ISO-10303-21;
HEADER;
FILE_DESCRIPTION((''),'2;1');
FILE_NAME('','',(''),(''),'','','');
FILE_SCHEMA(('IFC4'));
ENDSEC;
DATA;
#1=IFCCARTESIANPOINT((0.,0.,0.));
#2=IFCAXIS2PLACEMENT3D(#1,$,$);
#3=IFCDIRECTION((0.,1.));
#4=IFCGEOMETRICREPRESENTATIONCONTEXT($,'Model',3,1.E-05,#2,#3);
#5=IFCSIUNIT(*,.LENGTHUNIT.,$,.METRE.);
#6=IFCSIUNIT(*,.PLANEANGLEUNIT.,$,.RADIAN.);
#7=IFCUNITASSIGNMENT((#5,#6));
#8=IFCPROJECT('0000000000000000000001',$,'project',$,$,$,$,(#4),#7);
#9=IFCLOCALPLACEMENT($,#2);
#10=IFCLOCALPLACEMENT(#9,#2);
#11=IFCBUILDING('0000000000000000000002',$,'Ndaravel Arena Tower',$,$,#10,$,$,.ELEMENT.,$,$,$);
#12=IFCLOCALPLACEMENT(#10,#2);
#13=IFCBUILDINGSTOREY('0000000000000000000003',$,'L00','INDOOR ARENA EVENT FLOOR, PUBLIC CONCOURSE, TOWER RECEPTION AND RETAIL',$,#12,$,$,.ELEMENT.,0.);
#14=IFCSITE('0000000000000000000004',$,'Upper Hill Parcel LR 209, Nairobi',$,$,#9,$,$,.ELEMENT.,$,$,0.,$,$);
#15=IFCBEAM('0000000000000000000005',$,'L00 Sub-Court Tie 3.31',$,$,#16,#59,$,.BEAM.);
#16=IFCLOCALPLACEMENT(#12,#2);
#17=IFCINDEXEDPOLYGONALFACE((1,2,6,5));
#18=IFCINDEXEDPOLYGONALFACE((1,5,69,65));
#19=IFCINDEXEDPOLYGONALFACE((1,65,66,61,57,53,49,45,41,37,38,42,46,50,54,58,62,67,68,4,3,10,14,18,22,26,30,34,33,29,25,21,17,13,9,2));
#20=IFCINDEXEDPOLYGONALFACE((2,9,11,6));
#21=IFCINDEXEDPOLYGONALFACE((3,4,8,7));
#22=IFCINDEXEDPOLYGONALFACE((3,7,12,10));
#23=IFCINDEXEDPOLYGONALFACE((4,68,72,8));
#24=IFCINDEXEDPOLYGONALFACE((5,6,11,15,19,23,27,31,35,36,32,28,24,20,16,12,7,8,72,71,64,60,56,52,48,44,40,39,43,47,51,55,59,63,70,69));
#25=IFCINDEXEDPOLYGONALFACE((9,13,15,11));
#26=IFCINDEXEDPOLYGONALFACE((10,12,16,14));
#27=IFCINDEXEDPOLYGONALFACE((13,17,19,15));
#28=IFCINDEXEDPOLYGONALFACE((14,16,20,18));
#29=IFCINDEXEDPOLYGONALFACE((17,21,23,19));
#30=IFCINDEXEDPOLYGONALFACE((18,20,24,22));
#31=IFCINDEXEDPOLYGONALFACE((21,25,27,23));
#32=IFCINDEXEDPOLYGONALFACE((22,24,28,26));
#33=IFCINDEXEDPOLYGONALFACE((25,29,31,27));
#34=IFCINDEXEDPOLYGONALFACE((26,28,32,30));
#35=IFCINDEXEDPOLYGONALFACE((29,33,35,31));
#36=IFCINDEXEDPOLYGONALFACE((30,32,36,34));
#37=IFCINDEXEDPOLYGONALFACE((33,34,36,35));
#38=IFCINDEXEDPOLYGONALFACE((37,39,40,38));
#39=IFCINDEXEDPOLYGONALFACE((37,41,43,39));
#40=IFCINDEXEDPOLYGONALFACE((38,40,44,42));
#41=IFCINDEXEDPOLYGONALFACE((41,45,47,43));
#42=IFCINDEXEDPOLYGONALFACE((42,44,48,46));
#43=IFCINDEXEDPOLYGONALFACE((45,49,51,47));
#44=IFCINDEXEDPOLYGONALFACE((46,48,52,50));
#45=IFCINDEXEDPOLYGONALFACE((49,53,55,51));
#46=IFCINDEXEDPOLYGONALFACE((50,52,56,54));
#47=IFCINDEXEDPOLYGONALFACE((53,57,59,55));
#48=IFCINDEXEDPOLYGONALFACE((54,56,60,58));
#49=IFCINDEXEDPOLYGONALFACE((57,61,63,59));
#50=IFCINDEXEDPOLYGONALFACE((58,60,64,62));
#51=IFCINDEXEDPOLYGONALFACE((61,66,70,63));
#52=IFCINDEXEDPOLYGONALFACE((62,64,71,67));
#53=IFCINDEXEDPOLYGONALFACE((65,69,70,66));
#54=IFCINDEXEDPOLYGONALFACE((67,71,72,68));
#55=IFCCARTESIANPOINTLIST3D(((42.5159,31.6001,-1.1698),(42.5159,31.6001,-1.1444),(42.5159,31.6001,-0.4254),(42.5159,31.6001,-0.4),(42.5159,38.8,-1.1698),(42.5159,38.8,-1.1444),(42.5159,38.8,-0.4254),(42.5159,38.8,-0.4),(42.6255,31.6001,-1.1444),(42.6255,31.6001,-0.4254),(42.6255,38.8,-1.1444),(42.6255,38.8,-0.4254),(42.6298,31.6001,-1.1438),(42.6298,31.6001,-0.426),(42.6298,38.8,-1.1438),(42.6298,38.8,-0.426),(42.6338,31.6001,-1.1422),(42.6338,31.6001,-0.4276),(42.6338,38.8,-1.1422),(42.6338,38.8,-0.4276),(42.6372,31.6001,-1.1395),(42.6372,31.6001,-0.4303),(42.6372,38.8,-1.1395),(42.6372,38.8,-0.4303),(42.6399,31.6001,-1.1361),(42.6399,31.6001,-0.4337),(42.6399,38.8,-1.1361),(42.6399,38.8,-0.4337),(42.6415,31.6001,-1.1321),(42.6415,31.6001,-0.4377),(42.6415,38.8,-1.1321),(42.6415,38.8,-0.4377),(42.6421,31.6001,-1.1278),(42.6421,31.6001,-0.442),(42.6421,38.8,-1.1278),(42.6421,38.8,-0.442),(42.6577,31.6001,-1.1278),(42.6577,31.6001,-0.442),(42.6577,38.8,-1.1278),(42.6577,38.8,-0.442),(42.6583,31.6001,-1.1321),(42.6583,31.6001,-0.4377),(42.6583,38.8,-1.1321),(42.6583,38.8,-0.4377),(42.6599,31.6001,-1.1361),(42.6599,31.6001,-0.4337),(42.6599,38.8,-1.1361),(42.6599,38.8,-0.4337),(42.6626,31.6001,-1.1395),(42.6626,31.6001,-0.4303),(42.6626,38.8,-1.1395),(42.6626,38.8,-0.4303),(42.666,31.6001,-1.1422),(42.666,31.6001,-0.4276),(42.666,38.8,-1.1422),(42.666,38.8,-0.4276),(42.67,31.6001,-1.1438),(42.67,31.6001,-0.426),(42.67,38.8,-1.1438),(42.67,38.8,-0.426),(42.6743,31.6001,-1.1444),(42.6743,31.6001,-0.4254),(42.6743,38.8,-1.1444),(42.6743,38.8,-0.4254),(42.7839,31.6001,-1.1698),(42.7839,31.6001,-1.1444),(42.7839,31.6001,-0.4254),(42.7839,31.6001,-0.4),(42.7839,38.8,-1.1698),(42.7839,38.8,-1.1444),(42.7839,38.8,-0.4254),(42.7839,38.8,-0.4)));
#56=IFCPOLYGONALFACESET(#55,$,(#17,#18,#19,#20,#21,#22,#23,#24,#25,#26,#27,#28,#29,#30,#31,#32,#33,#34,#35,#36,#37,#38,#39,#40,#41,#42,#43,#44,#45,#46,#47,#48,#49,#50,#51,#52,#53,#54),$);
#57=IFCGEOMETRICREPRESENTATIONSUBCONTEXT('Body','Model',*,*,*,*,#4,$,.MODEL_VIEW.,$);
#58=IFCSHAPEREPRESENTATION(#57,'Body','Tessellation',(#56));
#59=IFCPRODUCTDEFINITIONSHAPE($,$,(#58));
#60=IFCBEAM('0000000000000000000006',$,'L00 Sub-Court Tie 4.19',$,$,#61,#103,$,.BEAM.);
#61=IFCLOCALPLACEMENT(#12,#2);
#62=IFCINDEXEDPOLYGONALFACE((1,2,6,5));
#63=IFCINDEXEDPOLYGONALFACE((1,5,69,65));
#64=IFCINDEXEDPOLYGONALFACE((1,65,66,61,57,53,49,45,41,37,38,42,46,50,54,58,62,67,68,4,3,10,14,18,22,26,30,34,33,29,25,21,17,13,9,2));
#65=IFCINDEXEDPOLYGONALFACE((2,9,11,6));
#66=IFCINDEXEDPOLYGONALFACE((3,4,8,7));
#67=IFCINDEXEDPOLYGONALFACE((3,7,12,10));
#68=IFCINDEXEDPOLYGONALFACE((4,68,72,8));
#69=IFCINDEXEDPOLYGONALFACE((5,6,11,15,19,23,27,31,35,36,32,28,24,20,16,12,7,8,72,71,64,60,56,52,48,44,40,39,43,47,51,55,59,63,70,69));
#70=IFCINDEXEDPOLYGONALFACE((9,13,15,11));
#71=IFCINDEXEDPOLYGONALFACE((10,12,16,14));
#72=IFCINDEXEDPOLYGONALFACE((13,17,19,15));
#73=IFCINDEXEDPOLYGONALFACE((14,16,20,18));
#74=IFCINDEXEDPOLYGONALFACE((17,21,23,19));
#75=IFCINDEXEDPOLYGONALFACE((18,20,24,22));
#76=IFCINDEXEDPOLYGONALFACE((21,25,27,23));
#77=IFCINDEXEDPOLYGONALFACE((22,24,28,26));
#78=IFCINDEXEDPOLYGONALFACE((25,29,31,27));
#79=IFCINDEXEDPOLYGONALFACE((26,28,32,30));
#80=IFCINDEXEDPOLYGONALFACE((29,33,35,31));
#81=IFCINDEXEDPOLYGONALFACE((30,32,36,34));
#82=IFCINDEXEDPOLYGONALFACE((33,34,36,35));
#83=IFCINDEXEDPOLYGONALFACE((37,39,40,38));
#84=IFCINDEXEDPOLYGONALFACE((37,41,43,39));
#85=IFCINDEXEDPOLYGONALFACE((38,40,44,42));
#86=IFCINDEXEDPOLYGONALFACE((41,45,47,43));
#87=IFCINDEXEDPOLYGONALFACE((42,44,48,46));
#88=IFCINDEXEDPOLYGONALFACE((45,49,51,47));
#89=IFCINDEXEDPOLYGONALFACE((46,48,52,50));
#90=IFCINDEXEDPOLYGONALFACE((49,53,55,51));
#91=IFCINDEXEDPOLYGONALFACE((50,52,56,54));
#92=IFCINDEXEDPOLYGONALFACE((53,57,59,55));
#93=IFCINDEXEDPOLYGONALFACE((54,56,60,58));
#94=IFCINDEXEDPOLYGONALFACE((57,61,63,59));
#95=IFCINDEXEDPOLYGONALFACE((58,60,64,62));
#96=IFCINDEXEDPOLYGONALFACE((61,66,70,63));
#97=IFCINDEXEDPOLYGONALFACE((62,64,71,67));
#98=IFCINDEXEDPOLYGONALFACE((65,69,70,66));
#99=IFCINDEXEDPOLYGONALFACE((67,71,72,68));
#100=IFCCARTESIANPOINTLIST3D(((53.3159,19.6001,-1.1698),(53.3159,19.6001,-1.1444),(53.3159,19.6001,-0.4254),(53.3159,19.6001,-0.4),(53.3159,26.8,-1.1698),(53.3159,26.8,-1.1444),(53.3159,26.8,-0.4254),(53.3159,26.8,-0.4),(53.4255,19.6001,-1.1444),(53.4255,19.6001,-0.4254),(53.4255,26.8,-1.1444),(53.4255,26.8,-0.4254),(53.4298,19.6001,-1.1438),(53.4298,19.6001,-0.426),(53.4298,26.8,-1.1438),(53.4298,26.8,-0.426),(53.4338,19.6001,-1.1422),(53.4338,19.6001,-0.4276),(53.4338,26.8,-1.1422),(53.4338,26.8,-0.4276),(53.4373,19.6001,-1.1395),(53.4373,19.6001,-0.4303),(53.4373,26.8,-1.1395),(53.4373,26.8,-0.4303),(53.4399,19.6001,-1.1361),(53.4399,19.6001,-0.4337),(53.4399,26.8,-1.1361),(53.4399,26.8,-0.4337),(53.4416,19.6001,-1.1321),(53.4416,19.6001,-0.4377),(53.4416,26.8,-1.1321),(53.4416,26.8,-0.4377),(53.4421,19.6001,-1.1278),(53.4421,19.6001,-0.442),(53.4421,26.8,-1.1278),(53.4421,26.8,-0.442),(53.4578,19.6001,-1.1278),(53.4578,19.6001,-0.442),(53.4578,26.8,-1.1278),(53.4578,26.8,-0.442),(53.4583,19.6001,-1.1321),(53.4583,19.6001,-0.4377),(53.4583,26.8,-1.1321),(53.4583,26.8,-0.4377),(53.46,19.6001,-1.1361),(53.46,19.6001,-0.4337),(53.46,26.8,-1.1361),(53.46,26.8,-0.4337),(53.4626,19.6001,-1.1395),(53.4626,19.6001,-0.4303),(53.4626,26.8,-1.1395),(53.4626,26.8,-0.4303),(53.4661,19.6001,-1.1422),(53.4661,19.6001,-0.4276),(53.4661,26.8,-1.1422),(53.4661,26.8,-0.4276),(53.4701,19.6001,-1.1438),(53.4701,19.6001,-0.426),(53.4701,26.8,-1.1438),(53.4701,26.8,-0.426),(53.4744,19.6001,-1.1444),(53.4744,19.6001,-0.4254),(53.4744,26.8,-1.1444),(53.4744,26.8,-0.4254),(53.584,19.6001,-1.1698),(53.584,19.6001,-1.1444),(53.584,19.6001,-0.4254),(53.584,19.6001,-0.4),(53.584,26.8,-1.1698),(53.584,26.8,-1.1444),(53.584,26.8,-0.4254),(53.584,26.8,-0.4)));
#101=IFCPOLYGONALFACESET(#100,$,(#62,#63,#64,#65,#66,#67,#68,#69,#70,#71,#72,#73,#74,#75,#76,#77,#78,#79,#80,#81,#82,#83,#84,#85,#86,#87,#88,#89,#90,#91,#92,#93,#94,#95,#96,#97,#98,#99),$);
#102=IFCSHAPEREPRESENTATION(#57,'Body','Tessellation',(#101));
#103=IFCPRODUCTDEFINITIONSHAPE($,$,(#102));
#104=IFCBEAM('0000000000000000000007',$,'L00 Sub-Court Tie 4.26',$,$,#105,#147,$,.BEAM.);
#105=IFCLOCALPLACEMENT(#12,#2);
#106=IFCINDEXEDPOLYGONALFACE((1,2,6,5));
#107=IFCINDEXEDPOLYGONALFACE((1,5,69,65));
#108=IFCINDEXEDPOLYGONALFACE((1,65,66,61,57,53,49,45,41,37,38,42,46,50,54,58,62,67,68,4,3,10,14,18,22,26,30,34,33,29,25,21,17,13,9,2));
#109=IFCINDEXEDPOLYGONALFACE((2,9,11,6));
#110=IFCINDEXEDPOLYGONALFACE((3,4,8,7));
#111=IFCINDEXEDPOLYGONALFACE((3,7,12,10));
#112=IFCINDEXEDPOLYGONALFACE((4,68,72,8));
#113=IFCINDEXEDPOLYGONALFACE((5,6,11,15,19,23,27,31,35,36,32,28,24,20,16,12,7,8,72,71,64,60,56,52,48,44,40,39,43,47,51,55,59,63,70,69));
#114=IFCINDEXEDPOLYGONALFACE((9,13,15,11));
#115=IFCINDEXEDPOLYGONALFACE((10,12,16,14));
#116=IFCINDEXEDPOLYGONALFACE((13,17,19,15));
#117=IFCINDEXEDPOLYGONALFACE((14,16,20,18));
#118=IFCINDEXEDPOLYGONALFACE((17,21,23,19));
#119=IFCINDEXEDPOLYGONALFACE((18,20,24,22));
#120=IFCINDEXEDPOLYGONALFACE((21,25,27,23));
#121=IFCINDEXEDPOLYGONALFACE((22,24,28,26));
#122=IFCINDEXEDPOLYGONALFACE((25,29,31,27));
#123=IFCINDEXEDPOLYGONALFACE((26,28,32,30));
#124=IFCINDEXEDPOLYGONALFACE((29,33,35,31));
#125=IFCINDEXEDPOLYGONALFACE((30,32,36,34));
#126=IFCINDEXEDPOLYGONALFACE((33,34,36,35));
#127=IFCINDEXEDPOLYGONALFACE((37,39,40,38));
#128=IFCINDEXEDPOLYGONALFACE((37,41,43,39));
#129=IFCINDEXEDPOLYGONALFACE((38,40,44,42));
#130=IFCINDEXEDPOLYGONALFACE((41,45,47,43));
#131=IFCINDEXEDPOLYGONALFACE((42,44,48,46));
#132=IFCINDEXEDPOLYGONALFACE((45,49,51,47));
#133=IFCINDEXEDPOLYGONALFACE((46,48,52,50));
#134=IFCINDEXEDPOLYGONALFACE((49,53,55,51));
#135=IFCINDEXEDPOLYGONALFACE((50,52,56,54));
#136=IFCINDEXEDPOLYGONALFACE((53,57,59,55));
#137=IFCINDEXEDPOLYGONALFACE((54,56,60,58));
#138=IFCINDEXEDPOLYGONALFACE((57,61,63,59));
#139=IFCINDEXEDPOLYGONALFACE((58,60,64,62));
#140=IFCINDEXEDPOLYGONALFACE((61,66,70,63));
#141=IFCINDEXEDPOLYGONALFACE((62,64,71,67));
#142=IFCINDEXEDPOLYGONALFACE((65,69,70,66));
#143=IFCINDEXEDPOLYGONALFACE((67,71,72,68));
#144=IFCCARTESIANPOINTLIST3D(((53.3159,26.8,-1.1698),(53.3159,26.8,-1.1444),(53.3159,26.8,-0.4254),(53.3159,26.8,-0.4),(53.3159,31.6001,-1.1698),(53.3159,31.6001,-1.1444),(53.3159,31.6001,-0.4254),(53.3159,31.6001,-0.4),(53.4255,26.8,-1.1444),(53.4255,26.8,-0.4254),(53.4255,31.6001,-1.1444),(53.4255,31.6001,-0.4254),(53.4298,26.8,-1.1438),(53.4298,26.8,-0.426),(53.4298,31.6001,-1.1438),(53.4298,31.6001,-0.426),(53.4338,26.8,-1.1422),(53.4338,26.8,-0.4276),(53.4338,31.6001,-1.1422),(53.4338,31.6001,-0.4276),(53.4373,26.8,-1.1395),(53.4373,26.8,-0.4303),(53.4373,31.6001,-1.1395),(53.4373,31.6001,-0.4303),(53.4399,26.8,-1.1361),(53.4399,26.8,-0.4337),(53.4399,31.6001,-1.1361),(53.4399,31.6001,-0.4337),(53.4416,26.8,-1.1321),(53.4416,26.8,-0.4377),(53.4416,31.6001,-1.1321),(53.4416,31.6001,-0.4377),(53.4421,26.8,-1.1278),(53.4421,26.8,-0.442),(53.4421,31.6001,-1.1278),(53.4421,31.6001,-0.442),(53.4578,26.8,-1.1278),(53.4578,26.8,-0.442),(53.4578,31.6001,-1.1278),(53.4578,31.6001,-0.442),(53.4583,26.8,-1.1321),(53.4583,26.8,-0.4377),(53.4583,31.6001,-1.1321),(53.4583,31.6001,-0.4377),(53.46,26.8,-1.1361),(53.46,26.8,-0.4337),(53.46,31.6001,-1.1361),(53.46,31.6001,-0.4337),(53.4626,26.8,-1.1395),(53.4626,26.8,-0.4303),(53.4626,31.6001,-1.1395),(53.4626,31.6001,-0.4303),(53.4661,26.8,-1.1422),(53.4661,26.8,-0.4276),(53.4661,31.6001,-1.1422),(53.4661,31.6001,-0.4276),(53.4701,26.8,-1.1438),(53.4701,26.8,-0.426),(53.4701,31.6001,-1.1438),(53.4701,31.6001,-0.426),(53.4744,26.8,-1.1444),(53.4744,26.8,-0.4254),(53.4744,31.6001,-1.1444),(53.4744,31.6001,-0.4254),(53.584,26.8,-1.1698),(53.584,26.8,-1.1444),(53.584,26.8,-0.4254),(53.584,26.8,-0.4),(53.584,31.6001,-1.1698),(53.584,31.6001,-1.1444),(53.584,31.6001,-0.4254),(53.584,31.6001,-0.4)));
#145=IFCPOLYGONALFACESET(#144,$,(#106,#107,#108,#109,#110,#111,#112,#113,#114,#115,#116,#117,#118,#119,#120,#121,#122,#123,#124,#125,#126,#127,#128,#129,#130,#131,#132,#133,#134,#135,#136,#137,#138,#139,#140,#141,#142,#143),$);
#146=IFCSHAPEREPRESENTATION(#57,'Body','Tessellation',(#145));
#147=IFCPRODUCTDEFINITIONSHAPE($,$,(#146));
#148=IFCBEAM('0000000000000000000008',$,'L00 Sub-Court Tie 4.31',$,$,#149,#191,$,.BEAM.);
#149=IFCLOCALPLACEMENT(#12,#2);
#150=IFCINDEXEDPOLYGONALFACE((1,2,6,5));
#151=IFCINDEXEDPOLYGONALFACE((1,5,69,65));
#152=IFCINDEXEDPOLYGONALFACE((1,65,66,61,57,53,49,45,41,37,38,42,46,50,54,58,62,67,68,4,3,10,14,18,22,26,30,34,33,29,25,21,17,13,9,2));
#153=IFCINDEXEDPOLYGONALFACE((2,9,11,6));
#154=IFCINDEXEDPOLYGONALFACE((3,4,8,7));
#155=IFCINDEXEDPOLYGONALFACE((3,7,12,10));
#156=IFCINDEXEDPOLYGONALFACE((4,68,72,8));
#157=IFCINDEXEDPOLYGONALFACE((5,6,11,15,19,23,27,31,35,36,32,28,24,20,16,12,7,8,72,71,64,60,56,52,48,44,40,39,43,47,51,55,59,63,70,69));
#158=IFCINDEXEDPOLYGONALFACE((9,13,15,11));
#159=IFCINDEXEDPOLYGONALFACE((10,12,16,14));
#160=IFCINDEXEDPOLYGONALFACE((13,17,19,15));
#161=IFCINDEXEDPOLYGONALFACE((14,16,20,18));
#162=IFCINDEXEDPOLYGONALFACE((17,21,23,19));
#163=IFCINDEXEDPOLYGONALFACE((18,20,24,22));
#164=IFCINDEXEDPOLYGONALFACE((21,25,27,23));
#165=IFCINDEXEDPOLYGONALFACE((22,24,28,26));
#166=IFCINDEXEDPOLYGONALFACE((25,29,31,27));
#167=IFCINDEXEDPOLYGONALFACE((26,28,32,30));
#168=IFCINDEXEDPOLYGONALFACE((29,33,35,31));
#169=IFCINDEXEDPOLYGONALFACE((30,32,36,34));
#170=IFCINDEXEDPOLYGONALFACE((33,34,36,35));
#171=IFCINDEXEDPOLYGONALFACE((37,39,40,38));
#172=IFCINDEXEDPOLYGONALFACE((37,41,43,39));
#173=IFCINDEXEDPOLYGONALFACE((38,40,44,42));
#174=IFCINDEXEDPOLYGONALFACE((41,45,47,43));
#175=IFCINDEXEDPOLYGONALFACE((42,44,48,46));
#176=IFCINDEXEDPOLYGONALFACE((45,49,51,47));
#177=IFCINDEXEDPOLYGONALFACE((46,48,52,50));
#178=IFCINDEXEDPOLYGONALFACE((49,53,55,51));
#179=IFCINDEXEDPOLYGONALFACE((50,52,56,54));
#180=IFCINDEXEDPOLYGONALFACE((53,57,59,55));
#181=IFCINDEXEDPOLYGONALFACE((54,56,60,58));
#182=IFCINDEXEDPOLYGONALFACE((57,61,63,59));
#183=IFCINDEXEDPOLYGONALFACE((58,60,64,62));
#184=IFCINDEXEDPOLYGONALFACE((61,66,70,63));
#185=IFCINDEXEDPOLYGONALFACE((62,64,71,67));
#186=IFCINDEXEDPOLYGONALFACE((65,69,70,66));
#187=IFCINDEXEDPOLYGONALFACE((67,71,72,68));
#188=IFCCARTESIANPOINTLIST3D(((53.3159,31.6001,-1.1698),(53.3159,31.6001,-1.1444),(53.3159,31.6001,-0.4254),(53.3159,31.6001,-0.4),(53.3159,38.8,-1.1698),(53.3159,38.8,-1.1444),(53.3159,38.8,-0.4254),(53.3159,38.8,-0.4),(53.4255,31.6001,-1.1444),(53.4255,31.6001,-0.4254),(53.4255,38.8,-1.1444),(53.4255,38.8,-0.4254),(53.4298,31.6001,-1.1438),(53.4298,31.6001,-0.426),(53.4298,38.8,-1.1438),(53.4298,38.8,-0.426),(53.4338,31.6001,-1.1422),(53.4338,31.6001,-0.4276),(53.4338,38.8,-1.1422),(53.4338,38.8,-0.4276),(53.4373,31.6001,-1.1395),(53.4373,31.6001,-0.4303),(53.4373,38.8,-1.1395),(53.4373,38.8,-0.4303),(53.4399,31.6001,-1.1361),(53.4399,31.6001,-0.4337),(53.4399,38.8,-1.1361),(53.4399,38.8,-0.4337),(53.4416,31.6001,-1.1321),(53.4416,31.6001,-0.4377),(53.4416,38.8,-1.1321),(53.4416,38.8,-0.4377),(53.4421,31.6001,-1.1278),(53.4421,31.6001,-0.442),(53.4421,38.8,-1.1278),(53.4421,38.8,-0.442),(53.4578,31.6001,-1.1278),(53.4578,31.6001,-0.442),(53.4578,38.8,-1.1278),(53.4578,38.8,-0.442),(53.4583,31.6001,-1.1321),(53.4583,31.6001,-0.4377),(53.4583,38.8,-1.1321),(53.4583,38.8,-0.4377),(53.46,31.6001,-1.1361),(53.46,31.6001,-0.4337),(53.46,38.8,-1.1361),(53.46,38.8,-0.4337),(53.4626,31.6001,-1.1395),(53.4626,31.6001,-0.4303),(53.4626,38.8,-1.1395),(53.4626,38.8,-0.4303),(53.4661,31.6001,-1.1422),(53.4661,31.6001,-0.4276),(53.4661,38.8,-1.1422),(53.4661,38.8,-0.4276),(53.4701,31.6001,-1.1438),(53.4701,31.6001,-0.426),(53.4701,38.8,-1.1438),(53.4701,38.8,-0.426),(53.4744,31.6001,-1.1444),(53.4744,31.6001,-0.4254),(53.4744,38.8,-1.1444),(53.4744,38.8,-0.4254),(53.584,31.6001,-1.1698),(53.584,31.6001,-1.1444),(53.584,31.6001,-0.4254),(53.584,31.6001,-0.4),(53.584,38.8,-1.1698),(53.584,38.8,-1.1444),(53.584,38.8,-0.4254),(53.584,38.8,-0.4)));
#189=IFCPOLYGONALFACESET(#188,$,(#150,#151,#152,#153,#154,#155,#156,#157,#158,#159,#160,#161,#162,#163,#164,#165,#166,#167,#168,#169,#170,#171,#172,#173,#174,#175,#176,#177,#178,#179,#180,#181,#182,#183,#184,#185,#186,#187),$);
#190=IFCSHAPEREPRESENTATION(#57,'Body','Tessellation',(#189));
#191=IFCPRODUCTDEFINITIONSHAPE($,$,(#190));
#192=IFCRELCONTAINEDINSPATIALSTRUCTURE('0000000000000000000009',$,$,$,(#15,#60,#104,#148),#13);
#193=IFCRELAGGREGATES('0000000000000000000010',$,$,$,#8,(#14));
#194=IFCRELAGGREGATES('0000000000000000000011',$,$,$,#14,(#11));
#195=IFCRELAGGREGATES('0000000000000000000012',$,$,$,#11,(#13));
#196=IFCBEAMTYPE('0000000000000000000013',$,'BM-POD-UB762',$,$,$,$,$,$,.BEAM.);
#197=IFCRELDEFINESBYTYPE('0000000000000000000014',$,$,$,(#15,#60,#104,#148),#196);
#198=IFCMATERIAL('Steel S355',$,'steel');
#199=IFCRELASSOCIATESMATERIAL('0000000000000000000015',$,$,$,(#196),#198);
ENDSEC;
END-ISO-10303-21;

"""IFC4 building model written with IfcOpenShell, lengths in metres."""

from ifc_helpers import new_model, si_unit, direction, frame, origin, origin_2d, place, context, subcontext, project, spatial, i_section, extrude, material, material_profile, profile_set, type_object, element, save


model = new_model("IFC4")

# Units and contexts
model_context = context("Model", 3, precision=1e-05, world=origin(), true_north=direction((0.0, 1.0)))
body_context = subcontext(model_context, "Body", "Model", "MODEL_VIEW")
ifc_project = project(units=[si_unit("LENGTHUNIT", "METRE"), si_unit("PLANEANGLEUNIT", "RADIAN")], contexts=[model_context])

# Site, building, storey
site_placement = place(None, origin())
site = spatial("IfcSite", under=ifc_project, at=site_placement, Name="Upper Hill Parcel LR 209, Nairobi", CompositionType="ELEMENT", RefElevation=0.0)
building_placement = place(site_placement, origin())
building = spatial("IfcBuilding", under=site, at=building_placement, Name="Ndaravel Arena Tower", CompositionType="ELEMENT")
storey_placement = place(building_placement, origin())
storey = spatial("IfcBuildingStorey", under=building, at=storey_placement, Name="L00", Description="INDOOR ARENA EVENT FLOOR, PUBLIC CONCOURSE, TOWER RECEPTION AND RETAIL", CompositionType="ELEMENT", Elevation=0.0)

# Beams
ifc_material_1 = material(Name="Steel S355", Category="steel")
ifc_material_profile_1 = material_profile(ifc_material_1, i_section(OverallWidth=0.2681, OverallDepth=0.7698, WebThickness=0.0156, FlangeThickness=0.0254, FilletRadius=0.0166, at=origin_2d()), Name="UB 762x267x197")
ifc_profile_set_1 = profile_set([ifc_material_profile_1], Name="Steel S355")
beam_type_1 = type_object("IfcBeamType", Name="BM-POD-UB762", PredefinedType="BEAM", material=ifc_profile_set_1)
for number, where, z_axis, x_axis, name in (
    (1, (42.6499, 31.6001, -0.7849), (0.0, 1.0, 0.0), (-1.0, 0.0, 0.0), "L00 Sub-Court Tie 3.31"),
    (2, (53.45, 19.6001, -0.7849), (0.0, 1.0, 0.0), (-1.0, 0.0, 0.0), "L00 Sub-Court Tie 4.19"),
):
    element("IfcBeam", number, at=place(storey_placement, frame(where, z_axis=z_axis, x_axis=x_axis)), inside=storey, type_object=beam_type_1, Name=name, PredefinedType="BEAM", context=body_context, shape_type="SweptSolid", body=[
        extrude(i_section(OverallWidth=0.2681, OverallDepth=0.7698, WebThickness=0.0156, FlangeThickness=0.0254, FilletRadius=0.0166, at=origin_2d()), origin(), (0.0, 0.0, 1.0), 7.2),
    ])
beam_1_placement = place(storey_placement, frame((53.45, 26.8, -0.7849), z_axis=(0.0, 1.0, 0.0), x_axis=(-1.0, 0.0, 0.0)))
element("IfcBeam", 3, at=beam_1_placement, inside=storey, type_object=beam_type_1, Name="L00 Sub-Court Tie 4.26", PredefinedType="BEAM", context=body_context, shape_type="SweptSolid", body=[
    extrude(i_section(OverallWidth=0.2681, OverallDepth=0.7698, WebThickness=0.0156, FlangeThickness=0.0254, FilletRadius=0.0166, at=origin_2d()), origin(), (0.0, 0.0, 1.0), 4.8),
])
for number, where, z_axis, x_axis, name in (
    (4, (53.45, 31.6001, -0.7849), (0.0, 1.0, 0.0), (-1.0, 0.0, 0.0), "L00 Sub-Court Tie 4.31"),
):
    element("IfcBeam", number, at=place(storey_placement, frame(where, z_axis=z_axis, x_axis=x_axis)), inside=storey, type_object=beam_type_1, Name=name, PredefinedType="BEAM", context=body_context, shape_type="SweptSolid", body=[
        extrude(i_section(OverallWidth=0.2681, OverallDepth=0.7698, WebThickness=0.0156, FlangeThickness=0.0254, FilletRadius=0.0166, at=origin_2d()), origin(), (0.0, 0.0, 1.0), 7.2),
    ])

save(model, "model.ifc")
